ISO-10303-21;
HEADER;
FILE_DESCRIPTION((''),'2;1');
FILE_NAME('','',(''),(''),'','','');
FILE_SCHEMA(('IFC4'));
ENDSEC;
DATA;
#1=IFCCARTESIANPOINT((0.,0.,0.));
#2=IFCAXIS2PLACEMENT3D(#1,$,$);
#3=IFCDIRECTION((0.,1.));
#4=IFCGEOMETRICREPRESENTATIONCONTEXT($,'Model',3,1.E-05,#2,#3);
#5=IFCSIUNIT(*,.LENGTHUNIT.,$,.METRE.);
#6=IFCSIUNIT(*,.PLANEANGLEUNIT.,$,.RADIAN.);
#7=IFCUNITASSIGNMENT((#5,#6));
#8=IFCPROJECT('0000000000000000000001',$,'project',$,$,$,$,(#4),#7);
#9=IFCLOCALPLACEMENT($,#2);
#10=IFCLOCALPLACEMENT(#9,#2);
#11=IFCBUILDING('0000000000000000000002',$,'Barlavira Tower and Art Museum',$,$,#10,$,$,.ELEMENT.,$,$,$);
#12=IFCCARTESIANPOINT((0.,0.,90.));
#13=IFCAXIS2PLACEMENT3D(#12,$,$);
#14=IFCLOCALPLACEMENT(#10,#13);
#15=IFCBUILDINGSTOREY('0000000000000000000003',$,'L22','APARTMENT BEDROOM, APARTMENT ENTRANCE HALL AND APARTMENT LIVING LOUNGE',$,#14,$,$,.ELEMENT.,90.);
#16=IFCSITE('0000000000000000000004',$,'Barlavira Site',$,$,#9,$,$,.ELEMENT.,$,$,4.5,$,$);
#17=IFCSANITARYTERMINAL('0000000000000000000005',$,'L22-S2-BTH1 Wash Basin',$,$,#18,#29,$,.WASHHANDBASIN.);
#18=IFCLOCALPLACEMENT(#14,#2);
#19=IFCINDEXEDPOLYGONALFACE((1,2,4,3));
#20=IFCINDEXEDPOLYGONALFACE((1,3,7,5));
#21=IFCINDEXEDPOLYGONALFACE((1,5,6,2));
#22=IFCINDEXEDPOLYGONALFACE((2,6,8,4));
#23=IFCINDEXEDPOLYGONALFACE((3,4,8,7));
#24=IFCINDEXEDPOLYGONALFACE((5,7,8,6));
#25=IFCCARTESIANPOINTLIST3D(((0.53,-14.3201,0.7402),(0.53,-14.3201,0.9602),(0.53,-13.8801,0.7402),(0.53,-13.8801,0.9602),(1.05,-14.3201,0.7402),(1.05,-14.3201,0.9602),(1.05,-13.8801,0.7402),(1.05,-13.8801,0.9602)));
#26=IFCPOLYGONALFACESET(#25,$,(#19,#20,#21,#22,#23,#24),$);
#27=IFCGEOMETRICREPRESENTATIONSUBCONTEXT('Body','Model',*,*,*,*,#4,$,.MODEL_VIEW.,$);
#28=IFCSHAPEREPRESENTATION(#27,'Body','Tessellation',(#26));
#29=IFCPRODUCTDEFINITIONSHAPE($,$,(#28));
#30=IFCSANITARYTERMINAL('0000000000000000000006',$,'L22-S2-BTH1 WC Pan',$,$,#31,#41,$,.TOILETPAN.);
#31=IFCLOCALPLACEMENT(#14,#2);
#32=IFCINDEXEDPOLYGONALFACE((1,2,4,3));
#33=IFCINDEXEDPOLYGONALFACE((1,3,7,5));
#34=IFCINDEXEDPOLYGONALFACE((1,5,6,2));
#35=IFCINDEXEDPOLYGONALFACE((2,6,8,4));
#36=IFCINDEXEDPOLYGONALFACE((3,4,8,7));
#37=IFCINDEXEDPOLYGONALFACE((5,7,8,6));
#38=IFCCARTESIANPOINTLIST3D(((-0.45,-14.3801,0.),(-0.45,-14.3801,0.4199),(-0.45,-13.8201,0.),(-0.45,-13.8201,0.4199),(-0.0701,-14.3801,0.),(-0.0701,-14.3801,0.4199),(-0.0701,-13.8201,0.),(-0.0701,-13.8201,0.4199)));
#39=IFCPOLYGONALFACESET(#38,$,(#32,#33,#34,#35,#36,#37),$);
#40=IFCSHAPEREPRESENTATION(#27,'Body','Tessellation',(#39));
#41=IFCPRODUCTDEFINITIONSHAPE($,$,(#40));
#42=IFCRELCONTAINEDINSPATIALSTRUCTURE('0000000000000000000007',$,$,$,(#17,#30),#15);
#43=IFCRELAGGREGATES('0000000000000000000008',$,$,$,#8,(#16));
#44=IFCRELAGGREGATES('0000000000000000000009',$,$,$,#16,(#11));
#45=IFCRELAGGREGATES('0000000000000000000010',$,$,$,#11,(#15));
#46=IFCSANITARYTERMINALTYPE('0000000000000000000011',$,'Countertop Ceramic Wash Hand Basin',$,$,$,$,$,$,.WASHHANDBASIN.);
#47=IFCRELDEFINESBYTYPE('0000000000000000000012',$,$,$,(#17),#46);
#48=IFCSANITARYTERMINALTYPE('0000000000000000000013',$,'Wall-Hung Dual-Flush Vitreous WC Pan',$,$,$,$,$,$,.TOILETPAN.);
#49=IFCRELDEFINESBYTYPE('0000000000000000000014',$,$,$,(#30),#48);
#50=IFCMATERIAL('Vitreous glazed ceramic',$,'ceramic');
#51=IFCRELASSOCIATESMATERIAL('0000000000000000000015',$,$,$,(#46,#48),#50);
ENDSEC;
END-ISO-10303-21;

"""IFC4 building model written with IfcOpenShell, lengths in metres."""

from ifc_helpers import new_model, si_unit, direction, frame, origin, origin_2d, place, context, subcontext, project, spatial, rectangle, extrude, material, type_object, element, save


model = new_model("IFC4")

# Units and contexts
model_context = context("Model", 3, precision=1e-05, world=origin(), true_north=direction((0.0, 1.0)))
body_context = subcontext(model_context, "Body", "Model", "MODEL_VIEW")
ifc_project = project(units=[si_unit("LENGTHUNIT", "METRE"), si_unit("PLANEANGLEUNIT", "RADIAN")], contexts=[model_context])

# Site, building, storey
site_placement = place(None, origin())
site = spatial("IfcSite", under=ifc_project, at=site_placement, Name="Barlavira Site", CompositionType="ELEMENT", RefElevation=4.5)
building_placement = place(site_placement, origin())
building = spatial("IfcBuilding", under=site, at=building_placement, Name="Barlavira Tower and Art Museum", CompositionType="ELEMENT")
storey_placement = place(building_placement, frame((0.0, 0.0, 90.0)))
storey = spatial("IfcBuildingStorey", under=building, at=storey_placement, Name="L22", Description="APARTMENT BEDROOM, APARTMENT ENTRANCE HALL AND APARTMENT LIVING LOUNGE", CompositionType="ELEMENT", Elevation=90.0)

# Sanitary terminals
ifc_material_1 = material(Name="Vitreous glazed ceramic", Category="ceramic")
sanitary_terminal_type_1 = type_object("IfcSanitaryTerminalType", Name="Countertop Ceramic Wash Hand Basin", PredefinedType="WASHHANDBASIN", material=ifc_material_1)
sanitary_terminal_1_placement = place(storey_placement, frame((0.79, -14.1001, 0.7402), z_axis=(0.0, 0.0, 1.0), x_axis=(1.0, 0.0, 0.0)))
element("IfcSanitaryTerminal", 1, at=sanitary_terminal_1_placement, inside=storey, type_object=sanitary_terminal_type_1, Name="L22-S2-BTH1 Wash Basin", PredefinedType="WASHHANDBASIN", context=body_context, shape_type="SweptSolid", body=[
    extrude(rectangle(XDim=0.52, YDim=0.4399, at=origin_2d()), origin(), (0.0, 0.0, 1.0), 0.22),
])
sanitary_terminal_type_2 = type_object("IfcSanitaryTerminalType", Name="Wall-Hung Dual-Flush Vitreous WC Pan", PredefinedType="TOILETPAN", material=ifc_material_1)
sanitary_terminal_2_placement = place(storey_placement, frame((-0.26, -14.1001, 0.0), z_axis=(0.0, 0.0, 1.0), x_axis=(1.0, 0.0, 0.0)))
element("IfcSanitaryTerminal", 2, at=sanitary_terminal_2_placement, inside=storey, type_object=sanitary_terminal_type_2, Name="L22-S2-BTH1 WC Pan", PredefinedType="TOILETPAN", context=body_context, shape_type="SweptSolid", body=[
    extrude(rectangle(XDim=0.3799, YDim=0.5601, at=origin_2d()), origin(), (0.0, 0.0, 1.0), 0.4199),
])

save(model, "model.ifc")
